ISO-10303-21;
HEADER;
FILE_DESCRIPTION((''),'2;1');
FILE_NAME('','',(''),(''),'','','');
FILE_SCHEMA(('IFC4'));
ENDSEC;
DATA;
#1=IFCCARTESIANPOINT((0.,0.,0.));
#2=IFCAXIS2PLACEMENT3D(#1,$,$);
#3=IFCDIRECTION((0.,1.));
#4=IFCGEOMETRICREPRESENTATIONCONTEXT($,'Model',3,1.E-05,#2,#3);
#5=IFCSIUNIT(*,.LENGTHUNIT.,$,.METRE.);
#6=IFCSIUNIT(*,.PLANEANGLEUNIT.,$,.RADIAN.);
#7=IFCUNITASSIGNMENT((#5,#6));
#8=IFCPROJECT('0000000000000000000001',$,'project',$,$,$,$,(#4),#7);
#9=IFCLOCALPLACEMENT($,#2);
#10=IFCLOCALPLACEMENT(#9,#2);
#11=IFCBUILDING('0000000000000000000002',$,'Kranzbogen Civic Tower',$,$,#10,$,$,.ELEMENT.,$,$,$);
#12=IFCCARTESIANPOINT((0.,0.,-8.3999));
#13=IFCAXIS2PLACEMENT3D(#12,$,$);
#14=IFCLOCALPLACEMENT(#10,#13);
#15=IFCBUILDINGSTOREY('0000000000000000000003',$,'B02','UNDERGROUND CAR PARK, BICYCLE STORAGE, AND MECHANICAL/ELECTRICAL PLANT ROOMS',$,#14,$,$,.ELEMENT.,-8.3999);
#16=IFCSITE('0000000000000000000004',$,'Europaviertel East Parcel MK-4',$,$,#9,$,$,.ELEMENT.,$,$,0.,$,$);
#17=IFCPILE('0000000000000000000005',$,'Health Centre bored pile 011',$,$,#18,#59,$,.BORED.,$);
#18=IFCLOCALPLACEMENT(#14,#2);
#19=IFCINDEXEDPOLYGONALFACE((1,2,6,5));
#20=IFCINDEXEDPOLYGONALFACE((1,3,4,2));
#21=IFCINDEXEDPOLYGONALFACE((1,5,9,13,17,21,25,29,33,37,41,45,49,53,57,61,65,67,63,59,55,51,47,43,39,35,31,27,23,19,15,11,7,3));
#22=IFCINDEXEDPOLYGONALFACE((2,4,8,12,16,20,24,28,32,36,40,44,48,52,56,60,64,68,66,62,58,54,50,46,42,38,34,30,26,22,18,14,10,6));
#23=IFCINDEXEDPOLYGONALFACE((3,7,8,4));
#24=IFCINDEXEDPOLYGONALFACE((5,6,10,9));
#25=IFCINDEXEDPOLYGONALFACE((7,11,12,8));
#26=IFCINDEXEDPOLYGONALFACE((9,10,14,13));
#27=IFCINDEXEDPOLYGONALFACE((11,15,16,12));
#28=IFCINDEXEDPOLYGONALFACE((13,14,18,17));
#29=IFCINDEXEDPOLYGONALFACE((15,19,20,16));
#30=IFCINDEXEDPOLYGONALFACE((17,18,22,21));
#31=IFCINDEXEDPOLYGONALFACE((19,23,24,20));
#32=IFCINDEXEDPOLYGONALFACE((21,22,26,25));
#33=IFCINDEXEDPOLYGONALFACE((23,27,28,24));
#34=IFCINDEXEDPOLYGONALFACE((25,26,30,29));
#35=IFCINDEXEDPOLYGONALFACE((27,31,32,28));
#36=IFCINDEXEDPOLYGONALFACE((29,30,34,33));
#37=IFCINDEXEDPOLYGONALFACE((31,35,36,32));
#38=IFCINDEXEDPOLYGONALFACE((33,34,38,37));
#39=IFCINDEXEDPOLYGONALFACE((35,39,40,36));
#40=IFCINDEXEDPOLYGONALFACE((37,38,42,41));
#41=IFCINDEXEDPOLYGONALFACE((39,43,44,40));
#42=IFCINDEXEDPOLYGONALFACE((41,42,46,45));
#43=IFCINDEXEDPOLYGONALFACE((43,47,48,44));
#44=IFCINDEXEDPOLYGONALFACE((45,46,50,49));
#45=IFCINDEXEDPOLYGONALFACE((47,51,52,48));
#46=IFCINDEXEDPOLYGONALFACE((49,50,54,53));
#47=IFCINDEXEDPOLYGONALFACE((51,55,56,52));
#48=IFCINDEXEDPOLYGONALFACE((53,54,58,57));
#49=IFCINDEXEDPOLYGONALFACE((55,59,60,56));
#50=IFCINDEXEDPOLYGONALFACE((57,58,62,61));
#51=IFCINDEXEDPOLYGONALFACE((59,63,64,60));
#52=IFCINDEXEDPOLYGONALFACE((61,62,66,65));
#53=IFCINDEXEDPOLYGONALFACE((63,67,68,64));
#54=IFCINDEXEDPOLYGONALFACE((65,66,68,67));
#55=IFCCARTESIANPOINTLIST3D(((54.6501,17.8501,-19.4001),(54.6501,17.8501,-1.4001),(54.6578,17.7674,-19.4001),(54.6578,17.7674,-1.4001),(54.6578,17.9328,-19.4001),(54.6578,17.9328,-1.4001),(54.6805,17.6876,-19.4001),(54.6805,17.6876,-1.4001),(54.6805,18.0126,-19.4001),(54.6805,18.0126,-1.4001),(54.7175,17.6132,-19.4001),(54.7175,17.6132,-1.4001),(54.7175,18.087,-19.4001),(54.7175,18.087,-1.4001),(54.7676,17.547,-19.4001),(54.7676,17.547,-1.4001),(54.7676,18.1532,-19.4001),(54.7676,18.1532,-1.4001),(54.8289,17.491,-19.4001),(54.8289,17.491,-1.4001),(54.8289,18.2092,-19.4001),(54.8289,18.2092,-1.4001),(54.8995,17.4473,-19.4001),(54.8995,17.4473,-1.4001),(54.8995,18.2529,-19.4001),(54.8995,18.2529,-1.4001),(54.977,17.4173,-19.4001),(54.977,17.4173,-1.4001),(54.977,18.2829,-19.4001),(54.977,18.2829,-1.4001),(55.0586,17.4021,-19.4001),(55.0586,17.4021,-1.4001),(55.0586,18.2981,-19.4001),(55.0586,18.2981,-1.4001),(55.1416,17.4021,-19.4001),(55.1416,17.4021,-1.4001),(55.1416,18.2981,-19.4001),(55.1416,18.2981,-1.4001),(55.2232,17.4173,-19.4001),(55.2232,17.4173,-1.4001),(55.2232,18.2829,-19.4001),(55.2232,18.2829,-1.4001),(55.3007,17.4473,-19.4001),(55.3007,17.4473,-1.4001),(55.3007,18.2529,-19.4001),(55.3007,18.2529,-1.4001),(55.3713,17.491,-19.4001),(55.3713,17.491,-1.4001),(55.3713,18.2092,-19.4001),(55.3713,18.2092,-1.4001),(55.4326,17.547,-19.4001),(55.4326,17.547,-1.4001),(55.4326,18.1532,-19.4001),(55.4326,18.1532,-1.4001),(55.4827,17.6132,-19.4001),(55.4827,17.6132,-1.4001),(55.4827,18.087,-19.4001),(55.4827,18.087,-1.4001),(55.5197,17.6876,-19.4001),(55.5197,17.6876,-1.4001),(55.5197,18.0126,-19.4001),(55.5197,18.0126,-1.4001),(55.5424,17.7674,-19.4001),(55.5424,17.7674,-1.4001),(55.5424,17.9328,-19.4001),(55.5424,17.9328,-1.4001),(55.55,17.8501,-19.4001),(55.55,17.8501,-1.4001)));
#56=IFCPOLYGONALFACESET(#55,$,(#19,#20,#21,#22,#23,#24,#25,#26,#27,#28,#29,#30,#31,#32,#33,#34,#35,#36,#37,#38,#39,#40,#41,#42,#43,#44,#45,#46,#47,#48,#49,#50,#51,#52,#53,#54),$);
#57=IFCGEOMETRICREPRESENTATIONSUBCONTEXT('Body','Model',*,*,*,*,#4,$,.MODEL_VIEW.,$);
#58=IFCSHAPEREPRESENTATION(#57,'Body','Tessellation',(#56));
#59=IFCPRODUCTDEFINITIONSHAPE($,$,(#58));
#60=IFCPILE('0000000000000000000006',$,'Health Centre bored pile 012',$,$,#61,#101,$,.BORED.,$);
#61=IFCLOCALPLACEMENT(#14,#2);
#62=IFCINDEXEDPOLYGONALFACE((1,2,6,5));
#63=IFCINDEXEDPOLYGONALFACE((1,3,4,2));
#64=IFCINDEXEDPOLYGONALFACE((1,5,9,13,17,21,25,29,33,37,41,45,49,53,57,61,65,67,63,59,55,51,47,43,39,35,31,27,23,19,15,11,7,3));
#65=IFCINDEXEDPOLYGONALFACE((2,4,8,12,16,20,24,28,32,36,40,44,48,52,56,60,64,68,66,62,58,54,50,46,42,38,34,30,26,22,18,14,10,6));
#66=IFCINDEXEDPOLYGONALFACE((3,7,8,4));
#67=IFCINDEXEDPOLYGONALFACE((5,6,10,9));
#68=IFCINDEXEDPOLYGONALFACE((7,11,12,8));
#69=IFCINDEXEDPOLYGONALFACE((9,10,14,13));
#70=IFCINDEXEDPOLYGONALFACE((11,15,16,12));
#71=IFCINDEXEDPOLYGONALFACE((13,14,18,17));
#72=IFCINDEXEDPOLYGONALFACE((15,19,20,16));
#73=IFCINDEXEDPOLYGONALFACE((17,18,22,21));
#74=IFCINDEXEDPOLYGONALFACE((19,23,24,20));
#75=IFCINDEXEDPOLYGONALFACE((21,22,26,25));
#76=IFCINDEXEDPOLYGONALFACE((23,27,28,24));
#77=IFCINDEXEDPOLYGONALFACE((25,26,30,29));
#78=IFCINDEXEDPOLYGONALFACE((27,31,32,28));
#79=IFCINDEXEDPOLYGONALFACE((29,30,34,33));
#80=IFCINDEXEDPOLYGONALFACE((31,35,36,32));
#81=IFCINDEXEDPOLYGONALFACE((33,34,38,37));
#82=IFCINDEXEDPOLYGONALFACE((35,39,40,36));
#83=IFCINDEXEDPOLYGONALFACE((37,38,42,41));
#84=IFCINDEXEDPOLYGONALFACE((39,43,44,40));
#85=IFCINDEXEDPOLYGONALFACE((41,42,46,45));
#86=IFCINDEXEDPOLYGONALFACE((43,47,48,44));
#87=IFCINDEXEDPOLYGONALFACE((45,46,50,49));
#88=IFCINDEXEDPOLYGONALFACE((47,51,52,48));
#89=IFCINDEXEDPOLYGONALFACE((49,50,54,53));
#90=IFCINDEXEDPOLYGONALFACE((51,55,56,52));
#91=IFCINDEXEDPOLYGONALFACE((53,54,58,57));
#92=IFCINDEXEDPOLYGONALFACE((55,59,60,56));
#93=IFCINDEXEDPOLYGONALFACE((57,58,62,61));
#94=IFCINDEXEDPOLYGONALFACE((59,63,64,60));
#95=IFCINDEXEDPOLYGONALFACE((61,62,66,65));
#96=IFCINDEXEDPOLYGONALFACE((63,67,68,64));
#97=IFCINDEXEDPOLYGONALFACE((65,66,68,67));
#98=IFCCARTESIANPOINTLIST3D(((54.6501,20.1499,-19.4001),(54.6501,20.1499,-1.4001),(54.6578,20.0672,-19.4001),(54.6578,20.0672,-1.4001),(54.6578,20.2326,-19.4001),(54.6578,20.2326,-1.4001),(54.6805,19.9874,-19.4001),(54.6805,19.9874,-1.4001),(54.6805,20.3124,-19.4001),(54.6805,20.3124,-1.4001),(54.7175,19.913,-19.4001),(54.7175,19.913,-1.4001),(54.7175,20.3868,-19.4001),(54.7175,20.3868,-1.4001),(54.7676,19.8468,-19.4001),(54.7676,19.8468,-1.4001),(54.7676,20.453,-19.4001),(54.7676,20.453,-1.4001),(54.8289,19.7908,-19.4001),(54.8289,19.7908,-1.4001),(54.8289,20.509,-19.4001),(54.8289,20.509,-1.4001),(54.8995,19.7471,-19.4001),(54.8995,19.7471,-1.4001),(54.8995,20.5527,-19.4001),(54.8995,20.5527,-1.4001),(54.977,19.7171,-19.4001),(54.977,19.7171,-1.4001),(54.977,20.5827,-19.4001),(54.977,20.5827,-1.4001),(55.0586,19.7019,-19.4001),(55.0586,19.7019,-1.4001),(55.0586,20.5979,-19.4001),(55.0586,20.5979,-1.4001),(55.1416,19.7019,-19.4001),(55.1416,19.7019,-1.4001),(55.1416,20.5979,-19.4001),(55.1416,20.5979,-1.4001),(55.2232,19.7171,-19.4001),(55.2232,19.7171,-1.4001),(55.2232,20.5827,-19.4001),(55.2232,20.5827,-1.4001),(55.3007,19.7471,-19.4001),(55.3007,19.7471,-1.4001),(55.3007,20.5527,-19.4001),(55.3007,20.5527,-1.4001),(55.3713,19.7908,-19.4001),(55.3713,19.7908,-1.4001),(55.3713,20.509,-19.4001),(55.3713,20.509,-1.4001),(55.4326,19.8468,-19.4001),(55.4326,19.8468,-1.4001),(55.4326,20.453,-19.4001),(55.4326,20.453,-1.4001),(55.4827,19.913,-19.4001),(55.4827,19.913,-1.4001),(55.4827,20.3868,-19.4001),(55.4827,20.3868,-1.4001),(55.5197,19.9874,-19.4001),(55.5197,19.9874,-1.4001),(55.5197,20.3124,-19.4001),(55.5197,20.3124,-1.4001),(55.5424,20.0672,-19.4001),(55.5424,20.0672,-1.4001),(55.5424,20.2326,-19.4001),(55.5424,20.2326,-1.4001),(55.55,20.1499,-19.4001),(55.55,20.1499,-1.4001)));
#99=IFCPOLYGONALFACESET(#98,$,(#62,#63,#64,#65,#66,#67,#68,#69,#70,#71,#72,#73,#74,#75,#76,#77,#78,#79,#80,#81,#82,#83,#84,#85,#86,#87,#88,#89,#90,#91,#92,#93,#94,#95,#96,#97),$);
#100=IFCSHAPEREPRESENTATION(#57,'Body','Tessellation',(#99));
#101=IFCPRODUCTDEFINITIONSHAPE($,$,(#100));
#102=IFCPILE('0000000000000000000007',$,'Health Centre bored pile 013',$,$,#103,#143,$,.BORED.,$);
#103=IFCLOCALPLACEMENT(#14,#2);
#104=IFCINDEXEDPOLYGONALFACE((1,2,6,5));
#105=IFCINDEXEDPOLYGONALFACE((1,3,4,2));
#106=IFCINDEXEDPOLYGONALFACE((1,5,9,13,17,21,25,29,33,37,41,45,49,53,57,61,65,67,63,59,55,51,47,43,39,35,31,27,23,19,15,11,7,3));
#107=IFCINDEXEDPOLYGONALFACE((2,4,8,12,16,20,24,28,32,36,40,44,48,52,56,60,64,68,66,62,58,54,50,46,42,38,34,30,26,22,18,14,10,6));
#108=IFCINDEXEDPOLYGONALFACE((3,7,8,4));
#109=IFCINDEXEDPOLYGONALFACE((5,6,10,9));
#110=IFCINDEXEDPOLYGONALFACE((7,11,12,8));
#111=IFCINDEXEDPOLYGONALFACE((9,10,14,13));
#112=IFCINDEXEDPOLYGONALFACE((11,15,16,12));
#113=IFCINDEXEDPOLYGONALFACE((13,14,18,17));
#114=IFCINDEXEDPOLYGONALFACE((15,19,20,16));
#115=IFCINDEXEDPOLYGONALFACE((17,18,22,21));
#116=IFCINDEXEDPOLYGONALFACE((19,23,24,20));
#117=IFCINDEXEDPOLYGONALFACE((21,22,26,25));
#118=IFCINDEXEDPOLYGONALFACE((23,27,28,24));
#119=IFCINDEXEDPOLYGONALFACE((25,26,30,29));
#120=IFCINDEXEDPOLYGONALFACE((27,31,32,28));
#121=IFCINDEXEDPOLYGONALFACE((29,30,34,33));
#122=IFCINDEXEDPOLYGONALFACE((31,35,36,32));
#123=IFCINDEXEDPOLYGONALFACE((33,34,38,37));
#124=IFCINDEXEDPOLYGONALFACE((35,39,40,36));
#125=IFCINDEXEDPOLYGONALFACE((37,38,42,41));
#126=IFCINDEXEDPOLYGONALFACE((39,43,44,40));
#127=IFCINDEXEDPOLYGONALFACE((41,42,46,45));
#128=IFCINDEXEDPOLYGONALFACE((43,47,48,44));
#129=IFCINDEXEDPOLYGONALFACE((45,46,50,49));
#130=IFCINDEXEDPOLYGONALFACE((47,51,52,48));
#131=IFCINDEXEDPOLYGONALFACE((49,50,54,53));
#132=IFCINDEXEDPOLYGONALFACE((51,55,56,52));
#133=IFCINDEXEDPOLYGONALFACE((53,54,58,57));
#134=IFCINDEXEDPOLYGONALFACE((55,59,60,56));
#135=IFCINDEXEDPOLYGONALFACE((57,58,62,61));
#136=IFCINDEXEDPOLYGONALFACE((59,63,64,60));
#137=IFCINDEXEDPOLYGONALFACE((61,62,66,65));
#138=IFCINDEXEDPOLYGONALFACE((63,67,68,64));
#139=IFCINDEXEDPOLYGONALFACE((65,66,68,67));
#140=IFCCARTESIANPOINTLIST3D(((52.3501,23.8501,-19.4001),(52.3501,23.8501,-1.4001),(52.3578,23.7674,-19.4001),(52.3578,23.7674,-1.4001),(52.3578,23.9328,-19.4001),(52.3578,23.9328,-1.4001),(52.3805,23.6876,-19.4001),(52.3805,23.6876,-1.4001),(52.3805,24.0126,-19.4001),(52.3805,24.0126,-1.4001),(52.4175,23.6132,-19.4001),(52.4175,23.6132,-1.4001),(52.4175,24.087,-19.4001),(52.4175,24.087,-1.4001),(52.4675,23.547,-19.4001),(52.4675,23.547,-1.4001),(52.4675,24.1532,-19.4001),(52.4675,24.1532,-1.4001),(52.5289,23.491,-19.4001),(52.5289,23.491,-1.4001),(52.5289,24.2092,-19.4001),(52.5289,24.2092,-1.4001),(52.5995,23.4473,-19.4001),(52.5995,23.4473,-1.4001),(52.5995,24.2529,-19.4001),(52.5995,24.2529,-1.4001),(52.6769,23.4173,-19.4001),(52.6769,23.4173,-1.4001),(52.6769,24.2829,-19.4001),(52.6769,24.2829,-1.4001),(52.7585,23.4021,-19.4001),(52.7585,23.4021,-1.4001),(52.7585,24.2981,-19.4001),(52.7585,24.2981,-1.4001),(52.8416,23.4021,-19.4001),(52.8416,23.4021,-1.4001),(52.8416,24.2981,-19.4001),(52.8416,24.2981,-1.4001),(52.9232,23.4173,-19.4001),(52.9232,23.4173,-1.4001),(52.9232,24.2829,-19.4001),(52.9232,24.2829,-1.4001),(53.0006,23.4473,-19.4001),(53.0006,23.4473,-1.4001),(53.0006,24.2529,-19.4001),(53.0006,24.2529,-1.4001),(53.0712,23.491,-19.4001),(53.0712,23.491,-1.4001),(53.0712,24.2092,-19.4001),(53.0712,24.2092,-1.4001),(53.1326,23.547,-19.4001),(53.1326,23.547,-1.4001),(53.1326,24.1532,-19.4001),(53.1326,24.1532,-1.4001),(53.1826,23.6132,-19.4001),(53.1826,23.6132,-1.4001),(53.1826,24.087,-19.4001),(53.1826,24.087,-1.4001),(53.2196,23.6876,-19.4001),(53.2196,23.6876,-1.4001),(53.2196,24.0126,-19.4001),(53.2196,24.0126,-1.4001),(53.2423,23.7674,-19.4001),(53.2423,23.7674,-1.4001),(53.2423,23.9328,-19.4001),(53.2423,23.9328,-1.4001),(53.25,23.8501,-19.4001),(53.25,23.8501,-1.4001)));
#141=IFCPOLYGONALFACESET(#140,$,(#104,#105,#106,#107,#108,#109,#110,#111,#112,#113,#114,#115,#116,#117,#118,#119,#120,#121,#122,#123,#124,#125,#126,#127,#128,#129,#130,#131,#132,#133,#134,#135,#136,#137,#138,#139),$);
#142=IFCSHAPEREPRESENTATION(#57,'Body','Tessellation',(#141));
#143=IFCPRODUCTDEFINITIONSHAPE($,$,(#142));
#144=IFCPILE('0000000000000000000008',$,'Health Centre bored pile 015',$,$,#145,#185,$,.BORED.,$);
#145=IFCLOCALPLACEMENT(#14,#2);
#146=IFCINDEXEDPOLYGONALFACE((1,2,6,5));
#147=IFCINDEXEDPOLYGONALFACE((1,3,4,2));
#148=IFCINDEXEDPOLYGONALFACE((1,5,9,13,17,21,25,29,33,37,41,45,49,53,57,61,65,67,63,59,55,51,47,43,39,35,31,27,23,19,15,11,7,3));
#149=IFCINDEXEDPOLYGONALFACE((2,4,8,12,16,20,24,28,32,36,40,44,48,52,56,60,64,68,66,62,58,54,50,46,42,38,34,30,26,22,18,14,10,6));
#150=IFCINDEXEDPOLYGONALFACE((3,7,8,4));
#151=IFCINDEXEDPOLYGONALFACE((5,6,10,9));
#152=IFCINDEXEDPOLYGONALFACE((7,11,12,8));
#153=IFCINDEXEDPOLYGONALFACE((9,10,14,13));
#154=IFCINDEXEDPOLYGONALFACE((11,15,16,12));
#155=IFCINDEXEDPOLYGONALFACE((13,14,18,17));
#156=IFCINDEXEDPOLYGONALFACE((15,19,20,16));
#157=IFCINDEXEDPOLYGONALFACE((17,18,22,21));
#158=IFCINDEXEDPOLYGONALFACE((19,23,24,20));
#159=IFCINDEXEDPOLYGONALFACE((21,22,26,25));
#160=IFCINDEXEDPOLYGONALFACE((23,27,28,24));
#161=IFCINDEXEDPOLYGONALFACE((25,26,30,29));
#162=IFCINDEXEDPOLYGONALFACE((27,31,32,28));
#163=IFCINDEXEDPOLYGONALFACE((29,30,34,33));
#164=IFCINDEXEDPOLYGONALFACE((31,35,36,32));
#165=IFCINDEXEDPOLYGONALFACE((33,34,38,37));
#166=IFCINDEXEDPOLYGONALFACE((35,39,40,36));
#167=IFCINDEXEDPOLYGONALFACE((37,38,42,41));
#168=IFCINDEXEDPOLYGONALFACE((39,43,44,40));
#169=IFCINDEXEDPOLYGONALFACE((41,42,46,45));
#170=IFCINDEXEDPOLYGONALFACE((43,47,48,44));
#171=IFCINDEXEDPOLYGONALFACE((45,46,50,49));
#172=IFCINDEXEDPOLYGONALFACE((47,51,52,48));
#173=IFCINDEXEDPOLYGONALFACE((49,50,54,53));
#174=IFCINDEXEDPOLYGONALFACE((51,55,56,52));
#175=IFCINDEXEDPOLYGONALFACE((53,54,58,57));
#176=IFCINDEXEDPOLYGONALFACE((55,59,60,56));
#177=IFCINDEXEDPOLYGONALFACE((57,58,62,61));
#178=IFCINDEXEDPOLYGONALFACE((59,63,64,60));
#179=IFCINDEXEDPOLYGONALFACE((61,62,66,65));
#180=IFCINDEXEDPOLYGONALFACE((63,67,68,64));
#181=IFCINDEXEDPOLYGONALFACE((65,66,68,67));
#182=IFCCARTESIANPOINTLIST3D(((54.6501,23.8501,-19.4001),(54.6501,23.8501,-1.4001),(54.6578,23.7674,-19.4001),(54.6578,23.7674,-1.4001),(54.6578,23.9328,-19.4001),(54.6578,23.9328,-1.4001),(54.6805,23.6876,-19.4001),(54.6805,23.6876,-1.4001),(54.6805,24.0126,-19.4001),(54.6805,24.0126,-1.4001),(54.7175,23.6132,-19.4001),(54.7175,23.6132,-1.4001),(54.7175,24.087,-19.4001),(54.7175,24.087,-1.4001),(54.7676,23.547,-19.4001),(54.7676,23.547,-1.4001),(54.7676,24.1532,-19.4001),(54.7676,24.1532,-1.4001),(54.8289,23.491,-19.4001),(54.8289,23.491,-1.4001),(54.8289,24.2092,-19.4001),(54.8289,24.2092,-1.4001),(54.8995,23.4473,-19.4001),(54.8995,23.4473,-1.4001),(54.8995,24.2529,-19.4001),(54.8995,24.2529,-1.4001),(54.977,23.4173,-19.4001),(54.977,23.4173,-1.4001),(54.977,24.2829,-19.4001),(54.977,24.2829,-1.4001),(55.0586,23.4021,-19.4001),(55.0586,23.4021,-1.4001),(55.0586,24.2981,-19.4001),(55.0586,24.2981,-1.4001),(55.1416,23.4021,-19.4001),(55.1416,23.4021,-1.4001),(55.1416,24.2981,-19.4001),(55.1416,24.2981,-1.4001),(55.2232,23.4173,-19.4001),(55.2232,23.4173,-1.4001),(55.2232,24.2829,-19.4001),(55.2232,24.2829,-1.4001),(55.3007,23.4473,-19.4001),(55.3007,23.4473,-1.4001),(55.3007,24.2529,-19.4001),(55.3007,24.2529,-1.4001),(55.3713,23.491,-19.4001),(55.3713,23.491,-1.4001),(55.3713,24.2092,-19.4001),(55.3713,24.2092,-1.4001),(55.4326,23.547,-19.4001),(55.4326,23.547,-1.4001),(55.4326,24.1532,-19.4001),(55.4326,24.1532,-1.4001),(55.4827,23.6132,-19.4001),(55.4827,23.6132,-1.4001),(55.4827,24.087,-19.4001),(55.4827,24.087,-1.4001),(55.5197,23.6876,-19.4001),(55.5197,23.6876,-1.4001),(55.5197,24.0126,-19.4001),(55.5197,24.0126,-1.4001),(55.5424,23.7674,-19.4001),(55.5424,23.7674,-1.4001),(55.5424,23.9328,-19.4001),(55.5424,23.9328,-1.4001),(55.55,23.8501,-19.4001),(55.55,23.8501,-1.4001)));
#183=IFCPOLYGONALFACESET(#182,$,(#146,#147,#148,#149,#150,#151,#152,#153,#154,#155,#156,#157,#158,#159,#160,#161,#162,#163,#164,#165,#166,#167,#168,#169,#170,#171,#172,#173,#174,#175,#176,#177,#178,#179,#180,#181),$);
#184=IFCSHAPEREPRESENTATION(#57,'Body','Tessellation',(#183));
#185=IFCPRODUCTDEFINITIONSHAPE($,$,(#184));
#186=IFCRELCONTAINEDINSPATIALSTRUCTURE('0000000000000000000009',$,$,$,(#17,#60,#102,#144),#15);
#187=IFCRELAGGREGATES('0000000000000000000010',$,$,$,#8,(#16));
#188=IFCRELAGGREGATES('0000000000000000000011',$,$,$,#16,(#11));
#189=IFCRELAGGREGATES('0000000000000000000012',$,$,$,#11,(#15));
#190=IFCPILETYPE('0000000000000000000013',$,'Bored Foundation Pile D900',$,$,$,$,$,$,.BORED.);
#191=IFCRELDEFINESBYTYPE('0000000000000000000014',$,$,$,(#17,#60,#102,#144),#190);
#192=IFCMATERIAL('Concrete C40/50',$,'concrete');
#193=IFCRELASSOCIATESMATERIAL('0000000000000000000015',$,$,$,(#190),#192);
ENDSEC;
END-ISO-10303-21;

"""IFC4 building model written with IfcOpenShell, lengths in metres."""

from ifc_helpers import new_model, si_unit, direction, frame, origin, origin_2d, place, context, subcontext, project, spatial, circle, extrude, material, material_profile, profile_set, type_object, element, save


model = new_model("IFC4")

# Units and contexts
model_context = context("Model", 3, precision=1e-05, world=origin(), true_north=direction((0.0, 1.0)))
body_context = subcontext(model_context, "Body", "Model", "MODEL_VIEW")
ifc_project = project(units=[si_unit("LENGTHUNIT", "METRE"), si_unit("PLANEANGLEUNIT", "RADIAN")], contexts=[model_context])

# Site, building, storey
site_placement = place(None, origin())
site = spatial("IfcSite", under=ifc_project, at=site_placement, Name="Europaviertel East Parcel MK-4", CompositionType="ELEMENT", RefElevation=0.0)
building_placement = place(site_placement, origin())
building = spatial("IfcBuilding", under=site, at=building_placement, Name="Kranzbogen Civic Tower", CompositionType="ELEMENT")
storey_placement = place(building_placement, frame((0.0, 0.0, -8.3999)))
storey = spatial("IfcBuildingStorey", under=building, at=storey_placement, Name="B02", Description="UNDERGROUND CAR PARK, BICYCLE STORAGE, AND MECHANICAL/ELECTRICAL PLANT ROOMS", CompositionType="ELEMENT", Elevation=-8.3999)

# Piles
ifc_material_1 = material(Name="Concrete C40/50", Category="concrete")
ifc_material_profile_1 = material_profile(ifc_material_1, circle(Radius=0.45, at=origin_2d()), Name="PILE D900")
ifc_profile_set_1 = profile_set([ifc_material_profile_1], Name="Concrete C40/50")
pile_type_1 = type_object("IfcPileType", Name="Bored Foundation Pile D900", PredefinedType="BORED", material=ifc_profile_set_1)
for number, where, z_axis, x_axis, name in (
    (1, (55.1001, 17.8501, -1.4001), (0.0, 0.0, -1.0), (1.0, 0.0, 0.0), "Health Centre bored pile 011"),
    (2, (55.1001, 20.1499, -1.4001), (0.0, 0.0, -1.0), (1.0, 0.0, 0.0), "Health Centre bored pile 012"),
    (3, (52.8, 23.8501, -1.4001), (0.0, 0.0, -1.0), (1.0, 0.0, 0.0), "Health Centre bored pile 013"),
    (4, (55.1001, 23.8501, -1.4001), (0.0, 0.0, -1.0), (1.0, 0.0, 0.0), "Health Centre bored pile 015"),
):
    element("IfcPile", number, at=place(storey_placement, frame(where, z_axis=z_axis, x_axis=x_axis)), inside=storey, type_object=pile_type_1, Name=name, PredefinedType="BORED", context=body_context, shape_type="SweptSolid", body=[
        extrude(circle(Radius=0.45, at=origin_2d()), origin(), (0.0, 0.0, 1.0), 18.0),
    ])

save(model, "model.ifc")
